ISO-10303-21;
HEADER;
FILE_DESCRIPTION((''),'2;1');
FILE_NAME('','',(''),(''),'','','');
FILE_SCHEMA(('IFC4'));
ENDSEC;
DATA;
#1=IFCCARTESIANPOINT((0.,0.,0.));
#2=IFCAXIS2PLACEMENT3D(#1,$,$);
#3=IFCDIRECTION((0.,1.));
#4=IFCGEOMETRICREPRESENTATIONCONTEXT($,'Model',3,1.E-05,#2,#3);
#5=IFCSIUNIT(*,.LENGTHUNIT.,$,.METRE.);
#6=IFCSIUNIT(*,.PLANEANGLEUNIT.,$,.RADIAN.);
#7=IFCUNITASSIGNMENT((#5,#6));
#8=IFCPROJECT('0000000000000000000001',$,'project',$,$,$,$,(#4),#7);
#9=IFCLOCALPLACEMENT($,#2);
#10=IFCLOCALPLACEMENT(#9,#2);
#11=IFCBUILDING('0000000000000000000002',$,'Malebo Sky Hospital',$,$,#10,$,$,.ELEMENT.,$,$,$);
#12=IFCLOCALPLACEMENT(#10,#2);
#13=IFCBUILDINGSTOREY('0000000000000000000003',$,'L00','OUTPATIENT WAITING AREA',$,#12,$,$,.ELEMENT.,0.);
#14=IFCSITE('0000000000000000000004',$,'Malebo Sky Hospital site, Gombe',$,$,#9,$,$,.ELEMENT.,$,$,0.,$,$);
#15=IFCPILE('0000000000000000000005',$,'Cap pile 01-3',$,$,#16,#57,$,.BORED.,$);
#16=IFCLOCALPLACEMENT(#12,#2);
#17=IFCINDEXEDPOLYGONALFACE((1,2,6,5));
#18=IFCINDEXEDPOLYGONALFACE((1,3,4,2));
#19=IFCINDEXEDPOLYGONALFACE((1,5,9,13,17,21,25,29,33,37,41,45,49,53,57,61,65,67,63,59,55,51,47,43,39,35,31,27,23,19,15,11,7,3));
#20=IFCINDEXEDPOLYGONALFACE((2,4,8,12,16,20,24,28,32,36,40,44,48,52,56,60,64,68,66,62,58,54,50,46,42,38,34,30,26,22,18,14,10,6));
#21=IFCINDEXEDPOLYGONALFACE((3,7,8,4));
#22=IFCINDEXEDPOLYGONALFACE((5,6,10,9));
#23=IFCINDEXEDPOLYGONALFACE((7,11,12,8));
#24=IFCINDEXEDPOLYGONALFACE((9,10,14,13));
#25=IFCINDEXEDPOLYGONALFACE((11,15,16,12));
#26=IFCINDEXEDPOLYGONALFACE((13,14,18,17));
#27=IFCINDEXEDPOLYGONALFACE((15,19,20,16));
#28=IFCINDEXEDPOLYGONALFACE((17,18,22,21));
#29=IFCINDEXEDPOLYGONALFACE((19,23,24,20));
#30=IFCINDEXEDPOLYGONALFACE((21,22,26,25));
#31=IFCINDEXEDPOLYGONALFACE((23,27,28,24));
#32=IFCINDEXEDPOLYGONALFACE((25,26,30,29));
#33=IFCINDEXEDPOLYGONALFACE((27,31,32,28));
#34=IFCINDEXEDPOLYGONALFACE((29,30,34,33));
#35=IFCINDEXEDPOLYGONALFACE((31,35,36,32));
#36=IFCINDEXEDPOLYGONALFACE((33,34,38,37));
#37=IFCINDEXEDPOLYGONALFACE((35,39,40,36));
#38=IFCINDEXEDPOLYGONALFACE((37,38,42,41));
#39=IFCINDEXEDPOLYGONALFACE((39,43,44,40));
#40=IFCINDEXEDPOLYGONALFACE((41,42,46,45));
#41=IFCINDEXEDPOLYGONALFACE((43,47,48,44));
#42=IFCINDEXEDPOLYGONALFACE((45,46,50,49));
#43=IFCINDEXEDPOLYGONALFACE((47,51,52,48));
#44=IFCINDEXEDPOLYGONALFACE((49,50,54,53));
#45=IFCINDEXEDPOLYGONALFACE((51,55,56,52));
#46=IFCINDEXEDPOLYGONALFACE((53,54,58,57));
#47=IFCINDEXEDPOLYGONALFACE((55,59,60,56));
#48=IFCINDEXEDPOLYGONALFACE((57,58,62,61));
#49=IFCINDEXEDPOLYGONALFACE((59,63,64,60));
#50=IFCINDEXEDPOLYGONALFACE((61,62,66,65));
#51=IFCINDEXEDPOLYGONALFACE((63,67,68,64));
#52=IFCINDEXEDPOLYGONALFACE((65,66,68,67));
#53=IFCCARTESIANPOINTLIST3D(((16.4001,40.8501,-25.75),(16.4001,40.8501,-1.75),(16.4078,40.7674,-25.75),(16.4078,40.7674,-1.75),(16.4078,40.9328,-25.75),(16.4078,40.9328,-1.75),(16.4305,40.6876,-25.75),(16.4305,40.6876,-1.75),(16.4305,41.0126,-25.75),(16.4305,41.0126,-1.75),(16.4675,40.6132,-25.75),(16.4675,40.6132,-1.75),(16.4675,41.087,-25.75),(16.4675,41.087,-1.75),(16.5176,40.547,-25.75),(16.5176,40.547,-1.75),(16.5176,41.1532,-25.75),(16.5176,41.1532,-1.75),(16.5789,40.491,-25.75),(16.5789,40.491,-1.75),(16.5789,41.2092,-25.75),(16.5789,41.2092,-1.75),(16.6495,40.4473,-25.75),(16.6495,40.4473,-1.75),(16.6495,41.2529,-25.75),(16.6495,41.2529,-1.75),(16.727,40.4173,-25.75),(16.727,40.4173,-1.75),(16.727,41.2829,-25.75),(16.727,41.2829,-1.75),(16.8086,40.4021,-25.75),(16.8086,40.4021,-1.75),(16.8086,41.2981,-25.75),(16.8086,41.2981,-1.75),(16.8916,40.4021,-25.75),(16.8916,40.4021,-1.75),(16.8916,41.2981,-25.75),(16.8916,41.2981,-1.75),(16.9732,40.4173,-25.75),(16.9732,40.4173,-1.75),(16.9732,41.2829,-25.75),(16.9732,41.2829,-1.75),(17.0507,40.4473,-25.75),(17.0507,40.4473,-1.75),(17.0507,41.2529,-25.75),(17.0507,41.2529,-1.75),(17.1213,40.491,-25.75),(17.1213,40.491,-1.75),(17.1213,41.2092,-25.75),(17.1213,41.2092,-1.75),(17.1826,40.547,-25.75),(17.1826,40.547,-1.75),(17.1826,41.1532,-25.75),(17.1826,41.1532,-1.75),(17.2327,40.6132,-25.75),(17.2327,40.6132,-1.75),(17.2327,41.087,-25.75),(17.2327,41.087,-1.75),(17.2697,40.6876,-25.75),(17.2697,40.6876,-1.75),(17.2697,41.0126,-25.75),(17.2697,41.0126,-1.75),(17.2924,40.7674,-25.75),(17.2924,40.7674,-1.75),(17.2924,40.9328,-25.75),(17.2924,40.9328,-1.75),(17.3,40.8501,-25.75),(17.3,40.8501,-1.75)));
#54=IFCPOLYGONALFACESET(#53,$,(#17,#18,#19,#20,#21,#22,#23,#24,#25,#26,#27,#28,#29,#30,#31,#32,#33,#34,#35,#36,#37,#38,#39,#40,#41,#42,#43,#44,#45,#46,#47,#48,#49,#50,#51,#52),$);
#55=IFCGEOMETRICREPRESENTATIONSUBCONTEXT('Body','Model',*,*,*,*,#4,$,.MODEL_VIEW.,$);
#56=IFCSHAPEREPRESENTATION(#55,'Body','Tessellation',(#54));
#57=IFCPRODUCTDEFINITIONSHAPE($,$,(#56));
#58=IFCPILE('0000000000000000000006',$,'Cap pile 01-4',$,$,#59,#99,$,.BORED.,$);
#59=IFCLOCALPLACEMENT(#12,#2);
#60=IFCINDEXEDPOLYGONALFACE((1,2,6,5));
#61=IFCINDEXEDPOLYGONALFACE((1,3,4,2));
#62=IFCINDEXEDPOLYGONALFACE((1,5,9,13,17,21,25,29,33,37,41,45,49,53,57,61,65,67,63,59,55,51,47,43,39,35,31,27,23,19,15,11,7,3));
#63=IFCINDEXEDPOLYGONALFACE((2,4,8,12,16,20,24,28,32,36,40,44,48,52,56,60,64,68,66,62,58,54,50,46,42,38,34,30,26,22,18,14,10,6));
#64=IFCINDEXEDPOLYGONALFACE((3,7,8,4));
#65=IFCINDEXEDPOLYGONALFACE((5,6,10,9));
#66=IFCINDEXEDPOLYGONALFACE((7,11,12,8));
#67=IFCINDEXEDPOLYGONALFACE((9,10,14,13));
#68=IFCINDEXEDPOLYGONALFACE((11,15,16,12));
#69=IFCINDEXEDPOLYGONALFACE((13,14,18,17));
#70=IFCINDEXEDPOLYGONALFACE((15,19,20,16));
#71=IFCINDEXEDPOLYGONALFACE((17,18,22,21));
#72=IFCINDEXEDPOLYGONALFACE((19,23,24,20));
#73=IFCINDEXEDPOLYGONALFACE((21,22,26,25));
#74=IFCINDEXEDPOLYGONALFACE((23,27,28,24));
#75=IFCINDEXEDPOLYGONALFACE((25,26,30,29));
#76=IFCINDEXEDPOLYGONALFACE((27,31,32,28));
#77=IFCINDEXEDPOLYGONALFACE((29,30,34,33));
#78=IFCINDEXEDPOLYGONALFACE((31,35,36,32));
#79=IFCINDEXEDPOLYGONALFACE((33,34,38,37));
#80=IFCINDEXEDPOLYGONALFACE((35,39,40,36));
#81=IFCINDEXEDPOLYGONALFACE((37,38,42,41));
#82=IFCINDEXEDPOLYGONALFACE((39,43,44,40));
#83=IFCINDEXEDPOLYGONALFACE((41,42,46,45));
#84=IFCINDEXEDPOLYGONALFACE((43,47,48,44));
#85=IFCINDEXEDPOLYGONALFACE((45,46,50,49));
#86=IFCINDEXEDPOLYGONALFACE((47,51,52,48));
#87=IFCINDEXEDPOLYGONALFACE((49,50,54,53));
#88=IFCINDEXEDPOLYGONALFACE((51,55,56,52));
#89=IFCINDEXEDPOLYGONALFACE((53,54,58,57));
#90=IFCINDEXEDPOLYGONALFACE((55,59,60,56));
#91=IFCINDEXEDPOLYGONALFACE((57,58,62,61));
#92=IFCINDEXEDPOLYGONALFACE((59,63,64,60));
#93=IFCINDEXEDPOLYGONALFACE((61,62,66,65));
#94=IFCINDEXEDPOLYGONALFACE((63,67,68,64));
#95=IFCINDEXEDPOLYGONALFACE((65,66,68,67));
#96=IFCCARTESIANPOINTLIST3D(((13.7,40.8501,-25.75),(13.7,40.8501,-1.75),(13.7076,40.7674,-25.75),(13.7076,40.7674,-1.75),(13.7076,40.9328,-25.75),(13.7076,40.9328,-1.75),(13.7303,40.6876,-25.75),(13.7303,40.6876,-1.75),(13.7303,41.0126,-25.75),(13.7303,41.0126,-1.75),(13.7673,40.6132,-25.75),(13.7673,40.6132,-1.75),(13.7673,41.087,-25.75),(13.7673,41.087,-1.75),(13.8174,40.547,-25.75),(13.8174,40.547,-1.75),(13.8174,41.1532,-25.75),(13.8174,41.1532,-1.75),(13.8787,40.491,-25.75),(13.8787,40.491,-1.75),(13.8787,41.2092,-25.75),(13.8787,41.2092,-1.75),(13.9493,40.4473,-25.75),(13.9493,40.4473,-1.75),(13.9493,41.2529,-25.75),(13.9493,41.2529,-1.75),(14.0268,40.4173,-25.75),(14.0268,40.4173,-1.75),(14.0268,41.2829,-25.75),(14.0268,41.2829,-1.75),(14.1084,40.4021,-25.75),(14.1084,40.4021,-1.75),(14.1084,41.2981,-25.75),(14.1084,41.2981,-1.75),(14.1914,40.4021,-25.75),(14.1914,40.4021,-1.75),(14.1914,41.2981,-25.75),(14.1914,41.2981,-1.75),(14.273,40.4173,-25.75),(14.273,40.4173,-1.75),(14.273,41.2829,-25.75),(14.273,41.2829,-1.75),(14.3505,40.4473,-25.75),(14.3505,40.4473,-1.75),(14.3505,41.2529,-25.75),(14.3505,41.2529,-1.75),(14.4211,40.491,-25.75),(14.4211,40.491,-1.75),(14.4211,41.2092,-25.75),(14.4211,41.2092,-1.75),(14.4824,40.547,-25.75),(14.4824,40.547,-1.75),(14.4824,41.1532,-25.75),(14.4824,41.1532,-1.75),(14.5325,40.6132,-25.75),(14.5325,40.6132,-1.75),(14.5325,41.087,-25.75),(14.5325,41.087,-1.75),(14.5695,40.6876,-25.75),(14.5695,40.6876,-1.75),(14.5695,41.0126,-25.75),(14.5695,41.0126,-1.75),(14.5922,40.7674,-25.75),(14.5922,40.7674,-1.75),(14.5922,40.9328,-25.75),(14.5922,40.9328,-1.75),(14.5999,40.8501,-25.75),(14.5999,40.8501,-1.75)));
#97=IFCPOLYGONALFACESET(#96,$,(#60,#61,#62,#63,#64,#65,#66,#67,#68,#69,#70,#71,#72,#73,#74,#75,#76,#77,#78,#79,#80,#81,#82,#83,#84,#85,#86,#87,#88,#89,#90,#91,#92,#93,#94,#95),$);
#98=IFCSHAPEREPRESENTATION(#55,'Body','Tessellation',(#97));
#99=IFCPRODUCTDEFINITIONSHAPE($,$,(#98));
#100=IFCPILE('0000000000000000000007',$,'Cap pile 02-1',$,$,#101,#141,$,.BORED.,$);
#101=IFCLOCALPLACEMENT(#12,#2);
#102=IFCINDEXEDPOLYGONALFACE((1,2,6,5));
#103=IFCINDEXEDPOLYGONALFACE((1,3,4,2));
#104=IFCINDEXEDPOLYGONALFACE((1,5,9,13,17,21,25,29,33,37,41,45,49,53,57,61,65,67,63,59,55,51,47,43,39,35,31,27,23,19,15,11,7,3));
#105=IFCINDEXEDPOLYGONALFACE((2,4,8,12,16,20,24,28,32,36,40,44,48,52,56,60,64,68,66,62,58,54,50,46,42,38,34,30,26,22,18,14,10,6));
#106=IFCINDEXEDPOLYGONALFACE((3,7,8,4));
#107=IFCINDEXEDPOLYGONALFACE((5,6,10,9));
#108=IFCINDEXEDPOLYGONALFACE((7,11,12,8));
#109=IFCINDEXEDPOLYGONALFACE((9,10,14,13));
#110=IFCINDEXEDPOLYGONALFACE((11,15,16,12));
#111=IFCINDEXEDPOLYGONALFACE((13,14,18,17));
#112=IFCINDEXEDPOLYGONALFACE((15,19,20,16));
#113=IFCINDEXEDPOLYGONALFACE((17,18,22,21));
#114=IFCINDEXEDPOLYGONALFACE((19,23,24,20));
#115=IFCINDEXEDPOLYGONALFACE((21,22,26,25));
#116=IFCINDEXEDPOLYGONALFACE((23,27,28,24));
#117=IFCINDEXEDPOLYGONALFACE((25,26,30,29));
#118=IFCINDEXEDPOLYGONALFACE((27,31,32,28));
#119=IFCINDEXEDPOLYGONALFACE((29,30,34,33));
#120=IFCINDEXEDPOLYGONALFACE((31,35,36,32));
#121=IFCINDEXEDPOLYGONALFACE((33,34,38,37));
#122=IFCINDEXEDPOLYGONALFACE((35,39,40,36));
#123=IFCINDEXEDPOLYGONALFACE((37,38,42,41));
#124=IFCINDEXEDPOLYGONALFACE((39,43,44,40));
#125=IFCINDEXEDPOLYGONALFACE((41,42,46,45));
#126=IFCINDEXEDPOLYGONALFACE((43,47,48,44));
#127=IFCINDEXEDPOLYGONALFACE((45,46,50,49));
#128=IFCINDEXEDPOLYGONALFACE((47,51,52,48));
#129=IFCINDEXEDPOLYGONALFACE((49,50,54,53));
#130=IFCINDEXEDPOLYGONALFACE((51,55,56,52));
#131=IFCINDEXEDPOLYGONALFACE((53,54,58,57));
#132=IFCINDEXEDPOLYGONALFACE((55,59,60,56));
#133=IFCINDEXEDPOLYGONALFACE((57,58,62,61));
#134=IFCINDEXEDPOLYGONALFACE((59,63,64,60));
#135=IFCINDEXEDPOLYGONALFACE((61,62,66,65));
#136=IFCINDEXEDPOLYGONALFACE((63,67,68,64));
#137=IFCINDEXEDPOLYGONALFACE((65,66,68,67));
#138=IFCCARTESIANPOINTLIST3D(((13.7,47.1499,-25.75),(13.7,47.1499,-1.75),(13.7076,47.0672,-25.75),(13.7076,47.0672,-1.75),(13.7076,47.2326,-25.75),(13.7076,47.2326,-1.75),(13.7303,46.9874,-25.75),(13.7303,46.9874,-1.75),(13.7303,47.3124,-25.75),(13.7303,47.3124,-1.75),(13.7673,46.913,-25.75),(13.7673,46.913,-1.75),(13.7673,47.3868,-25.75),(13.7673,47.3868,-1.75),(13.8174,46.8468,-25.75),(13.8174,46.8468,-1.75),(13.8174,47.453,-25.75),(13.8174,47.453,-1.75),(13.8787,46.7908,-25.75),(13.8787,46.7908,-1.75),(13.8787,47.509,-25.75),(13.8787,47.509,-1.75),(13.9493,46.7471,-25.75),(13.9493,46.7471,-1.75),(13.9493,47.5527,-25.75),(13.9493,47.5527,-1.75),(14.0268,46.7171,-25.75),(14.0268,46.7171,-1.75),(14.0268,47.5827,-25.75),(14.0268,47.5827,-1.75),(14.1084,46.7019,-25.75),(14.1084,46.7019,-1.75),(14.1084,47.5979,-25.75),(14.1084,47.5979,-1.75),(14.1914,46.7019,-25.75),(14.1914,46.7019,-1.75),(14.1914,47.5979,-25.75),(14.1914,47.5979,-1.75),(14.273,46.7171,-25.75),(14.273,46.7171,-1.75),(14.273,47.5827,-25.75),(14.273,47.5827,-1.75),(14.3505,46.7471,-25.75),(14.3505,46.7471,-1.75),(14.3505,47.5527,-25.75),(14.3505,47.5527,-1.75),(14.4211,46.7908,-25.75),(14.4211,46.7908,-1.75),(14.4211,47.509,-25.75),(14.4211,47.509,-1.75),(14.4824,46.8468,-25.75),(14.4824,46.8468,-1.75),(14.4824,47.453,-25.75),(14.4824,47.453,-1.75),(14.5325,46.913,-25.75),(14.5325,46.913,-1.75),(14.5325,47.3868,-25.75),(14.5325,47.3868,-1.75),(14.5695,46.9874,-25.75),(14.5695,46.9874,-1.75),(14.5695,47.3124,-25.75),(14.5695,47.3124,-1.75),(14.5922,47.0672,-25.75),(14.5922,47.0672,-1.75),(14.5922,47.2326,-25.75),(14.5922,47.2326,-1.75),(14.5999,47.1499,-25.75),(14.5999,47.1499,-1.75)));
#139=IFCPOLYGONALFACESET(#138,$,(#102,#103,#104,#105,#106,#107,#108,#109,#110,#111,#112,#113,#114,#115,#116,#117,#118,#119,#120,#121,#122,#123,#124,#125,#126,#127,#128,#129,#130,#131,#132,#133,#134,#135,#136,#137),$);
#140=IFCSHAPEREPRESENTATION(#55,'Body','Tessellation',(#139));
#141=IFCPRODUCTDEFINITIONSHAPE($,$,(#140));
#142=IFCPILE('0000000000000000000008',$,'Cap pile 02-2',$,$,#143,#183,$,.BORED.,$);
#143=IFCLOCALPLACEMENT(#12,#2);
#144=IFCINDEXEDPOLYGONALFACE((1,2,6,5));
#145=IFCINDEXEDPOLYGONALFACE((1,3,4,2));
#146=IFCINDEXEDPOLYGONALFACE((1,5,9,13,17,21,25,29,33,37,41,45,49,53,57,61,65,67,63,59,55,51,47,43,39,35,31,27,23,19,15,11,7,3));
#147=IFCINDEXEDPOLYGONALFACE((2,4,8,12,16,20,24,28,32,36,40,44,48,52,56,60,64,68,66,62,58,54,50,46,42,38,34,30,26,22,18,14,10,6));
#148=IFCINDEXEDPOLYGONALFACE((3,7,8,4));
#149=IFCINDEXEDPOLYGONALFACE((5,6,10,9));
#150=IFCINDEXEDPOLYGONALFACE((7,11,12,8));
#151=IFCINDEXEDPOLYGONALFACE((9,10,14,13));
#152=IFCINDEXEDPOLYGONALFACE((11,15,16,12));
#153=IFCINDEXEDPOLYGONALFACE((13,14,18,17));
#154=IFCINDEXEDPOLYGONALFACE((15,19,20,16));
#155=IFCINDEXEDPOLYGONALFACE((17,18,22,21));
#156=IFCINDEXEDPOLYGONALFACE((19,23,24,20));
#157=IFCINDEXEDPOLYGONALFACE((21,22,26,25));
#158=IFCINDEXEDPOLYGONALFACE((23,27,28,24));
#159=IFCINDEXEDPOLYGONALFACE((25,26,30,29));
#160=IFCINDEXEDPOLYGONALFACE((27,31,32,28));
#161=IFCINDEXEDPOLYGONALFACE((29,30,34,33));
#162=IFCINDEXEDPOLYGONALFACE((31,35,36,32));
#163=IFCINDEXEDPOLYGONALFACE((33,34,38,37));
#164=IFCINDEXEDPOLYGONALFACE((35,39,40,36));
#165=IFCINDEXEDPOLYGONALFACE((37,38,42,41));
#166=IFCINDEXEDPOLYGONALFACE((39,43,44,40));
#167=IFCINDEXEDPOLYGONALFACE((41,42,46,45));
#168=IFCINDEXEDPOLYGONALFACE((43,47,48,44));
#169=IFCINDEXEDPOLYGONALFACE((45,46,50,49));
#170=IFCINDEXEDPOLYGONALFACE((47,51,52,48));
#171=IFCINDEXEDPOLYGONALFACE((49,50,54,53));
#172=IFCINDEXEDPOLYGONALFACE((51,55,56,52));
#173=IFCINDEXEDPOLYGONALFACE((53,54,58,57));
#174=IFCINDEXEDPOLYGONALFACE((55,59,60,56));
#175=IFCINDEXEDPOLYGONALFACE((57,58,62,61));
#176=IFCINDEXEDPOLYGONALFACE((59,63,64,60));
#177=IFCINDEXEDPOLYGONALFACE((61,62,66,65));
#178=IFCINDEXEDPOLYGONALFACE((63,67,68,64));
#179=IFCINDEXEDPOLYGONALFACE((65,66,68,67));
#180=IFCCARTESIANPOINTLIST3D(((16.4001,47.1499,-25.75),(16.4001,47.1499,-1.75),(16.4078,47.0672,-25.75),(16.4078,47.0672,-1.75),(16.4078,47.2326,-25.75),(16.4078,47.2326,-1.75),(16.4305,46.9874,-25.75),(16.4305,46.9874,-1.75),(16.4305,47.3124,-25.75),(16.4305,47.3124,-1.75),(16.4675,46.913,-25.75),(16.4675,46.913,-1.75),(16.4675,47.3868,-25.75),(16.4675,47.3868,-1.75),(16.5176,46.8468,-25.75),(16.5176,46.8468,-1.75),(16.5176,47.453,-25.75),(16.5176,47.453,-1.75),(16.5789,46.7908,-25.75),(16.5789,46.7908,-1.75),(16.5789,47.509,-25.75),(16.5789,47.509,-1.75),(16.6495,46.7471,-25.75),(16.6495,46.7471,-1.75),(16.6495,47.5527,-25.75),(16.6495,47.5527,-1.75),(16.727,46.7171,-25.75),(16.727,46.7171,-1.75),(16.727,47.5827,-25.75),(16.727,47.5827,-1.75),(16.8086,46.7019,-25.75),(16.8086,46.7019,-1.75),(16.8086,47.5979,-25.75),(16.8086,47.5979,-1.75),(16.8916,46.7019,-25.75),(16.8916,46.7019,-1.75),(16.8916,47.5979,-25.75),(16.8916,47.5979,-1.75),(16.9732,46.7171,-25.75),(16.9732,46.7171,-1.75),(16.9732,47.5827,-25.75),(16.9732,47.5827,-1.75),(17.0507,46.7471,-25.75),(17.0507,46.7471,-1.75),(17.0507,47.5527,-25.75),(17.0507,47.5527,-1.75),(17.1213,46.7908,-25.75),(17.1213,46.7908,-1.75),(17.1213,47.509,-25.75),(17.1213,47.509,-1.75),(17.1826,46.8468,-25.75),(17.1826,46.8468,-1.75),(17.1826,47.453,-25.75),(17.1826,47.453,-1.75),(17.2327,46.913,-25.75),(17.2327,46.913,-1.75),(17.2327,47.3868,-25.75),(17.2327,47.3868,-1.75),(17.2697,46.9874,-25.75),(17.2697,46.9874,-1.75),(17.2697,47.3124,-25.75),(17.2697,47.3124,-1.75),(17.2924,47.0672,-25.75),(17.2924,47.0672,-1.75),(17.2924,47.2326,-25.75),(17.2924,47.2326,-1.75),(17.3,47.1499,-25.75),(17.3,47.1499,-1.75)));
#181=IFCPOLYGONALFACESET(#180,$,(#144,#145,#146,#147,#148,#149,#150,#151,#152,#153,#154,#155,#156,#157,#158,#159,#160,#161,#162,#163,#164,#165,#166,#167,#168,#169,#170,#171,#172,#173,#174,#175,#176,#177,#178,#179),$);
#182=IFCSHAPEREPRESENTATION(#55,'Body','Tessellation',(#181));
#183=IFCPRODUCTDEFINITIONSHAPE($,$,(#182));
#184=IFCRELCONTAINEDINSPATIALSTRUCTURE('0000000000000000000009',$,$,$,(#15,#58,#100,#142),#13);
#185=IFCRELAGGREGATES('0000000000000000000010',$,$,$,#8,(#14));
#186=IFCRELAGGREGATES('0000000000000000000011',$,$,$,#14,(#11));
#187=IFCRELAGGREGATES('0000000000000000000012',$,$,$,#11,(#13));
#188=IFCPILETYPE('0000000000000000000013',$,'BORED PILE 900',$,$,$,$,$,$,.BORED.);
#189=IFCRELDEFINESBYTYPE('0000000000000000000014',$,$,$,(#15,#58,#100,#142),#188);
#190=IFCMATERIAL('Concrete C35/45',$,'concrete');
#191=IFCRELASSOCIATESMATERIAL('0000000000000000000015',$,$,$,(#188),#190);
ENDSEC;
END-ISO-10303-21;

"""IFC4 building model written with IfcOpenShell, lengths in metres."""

from ifc_helpers import new_model, si_unit, direction, frame, origin, origin_2d, place, context, subcontext, project, spatial, circle, extrude, material, material_profile, profile_set, type_object, element, save


model = new_model("IFC4")

# Units and contexts
model_context = context("Model", 3, precision=1e-05, world=origin(), true_north=direction((0.0, 1.0)))
body_context = subcontext(model_context, "Body", "Model", "MODEL_VIEW")
ifc_project = project(units=[si_unit("LENGTHUNIT", "METRE"), si_unit("PLANEANGLEUNIT", "RADIAN")], contexts=[model_context])

# Site, building, storey
site_placement = place(None, origin())
site = spatial("IfcSite", under=ifc_project, at=site_placement, Name="Malebo Sky Hospital site, Gombe", CompositionType="ELEMENT", RefElevation=0.0)
building_placement = place(site_placement, origin())
building = spatial("IfcBuilding", under=site, at=building_placement, Name="Malebo Sky Hospital", CompositionType="ELEMENT")
storey_placement = place(building_placement, origin())
storey = spatial("IfcBuildingStorey", under=building, at=storey_placement, Name="L00", Description="OUTPATIENT WAITING AREA", CompositionType="ELEMENT", Elevation=0.0)

# Piles
ifc_material_1 = material(Name="Concrete C35/45", Category="concrete")
ifc_material_profile_1 = material_profile(ifc_material_1, circle(Radius=0.45, at=origin_2d()), Name="BP 900")
ifc_profile_set_1 = profile_set([ifc_material_profile_1], Name="Concrete C35/45")
pile_type = type_object("IfcPileType", Name="BORED PILE 900", PredefinedType="BORED", material=ifc_profile_set_1)
for number, where, z_axis, x_axis, name in (
    (1, (16.8501, 40.8501, -1.75), (0.0, 0.0, -1.0), (1.0, 0.0, 0.0), "Cap pile 01-3"),
    (2, (14.1499, 40.8501, -1.75), (0.0, 0.0, -1.0), (1.0, 0.0, 0.0), "Cap pile 01-4"),
    (3, (14.1499, 47.1499, -1.75), (0.0, 0.0, -1.0), (1.0, 0.0, 0.0), "Cap pile 02-1"),
    (4, (16.8501, 47.1499, -1.75), (0.0, 0.0, -1.0), (1.0, 0.0, 0.0), "Cap pile 02-2"),
):
    element("IfcPile", number, at=place(storey_placement, frame(where, z_axis=z_axis, x_axis=x_axis)), inside=storey, type_object=pile_type, Name=name, PredefinedType="BORED", context=body_context, shape_type="SweptSolid", body=[
        extrude(circle(Radius=0.45, at=origin_2d()), origin(), (0.0, 0.0, 1.0), 24.0),
    ])

save(model, "model.ifc")
